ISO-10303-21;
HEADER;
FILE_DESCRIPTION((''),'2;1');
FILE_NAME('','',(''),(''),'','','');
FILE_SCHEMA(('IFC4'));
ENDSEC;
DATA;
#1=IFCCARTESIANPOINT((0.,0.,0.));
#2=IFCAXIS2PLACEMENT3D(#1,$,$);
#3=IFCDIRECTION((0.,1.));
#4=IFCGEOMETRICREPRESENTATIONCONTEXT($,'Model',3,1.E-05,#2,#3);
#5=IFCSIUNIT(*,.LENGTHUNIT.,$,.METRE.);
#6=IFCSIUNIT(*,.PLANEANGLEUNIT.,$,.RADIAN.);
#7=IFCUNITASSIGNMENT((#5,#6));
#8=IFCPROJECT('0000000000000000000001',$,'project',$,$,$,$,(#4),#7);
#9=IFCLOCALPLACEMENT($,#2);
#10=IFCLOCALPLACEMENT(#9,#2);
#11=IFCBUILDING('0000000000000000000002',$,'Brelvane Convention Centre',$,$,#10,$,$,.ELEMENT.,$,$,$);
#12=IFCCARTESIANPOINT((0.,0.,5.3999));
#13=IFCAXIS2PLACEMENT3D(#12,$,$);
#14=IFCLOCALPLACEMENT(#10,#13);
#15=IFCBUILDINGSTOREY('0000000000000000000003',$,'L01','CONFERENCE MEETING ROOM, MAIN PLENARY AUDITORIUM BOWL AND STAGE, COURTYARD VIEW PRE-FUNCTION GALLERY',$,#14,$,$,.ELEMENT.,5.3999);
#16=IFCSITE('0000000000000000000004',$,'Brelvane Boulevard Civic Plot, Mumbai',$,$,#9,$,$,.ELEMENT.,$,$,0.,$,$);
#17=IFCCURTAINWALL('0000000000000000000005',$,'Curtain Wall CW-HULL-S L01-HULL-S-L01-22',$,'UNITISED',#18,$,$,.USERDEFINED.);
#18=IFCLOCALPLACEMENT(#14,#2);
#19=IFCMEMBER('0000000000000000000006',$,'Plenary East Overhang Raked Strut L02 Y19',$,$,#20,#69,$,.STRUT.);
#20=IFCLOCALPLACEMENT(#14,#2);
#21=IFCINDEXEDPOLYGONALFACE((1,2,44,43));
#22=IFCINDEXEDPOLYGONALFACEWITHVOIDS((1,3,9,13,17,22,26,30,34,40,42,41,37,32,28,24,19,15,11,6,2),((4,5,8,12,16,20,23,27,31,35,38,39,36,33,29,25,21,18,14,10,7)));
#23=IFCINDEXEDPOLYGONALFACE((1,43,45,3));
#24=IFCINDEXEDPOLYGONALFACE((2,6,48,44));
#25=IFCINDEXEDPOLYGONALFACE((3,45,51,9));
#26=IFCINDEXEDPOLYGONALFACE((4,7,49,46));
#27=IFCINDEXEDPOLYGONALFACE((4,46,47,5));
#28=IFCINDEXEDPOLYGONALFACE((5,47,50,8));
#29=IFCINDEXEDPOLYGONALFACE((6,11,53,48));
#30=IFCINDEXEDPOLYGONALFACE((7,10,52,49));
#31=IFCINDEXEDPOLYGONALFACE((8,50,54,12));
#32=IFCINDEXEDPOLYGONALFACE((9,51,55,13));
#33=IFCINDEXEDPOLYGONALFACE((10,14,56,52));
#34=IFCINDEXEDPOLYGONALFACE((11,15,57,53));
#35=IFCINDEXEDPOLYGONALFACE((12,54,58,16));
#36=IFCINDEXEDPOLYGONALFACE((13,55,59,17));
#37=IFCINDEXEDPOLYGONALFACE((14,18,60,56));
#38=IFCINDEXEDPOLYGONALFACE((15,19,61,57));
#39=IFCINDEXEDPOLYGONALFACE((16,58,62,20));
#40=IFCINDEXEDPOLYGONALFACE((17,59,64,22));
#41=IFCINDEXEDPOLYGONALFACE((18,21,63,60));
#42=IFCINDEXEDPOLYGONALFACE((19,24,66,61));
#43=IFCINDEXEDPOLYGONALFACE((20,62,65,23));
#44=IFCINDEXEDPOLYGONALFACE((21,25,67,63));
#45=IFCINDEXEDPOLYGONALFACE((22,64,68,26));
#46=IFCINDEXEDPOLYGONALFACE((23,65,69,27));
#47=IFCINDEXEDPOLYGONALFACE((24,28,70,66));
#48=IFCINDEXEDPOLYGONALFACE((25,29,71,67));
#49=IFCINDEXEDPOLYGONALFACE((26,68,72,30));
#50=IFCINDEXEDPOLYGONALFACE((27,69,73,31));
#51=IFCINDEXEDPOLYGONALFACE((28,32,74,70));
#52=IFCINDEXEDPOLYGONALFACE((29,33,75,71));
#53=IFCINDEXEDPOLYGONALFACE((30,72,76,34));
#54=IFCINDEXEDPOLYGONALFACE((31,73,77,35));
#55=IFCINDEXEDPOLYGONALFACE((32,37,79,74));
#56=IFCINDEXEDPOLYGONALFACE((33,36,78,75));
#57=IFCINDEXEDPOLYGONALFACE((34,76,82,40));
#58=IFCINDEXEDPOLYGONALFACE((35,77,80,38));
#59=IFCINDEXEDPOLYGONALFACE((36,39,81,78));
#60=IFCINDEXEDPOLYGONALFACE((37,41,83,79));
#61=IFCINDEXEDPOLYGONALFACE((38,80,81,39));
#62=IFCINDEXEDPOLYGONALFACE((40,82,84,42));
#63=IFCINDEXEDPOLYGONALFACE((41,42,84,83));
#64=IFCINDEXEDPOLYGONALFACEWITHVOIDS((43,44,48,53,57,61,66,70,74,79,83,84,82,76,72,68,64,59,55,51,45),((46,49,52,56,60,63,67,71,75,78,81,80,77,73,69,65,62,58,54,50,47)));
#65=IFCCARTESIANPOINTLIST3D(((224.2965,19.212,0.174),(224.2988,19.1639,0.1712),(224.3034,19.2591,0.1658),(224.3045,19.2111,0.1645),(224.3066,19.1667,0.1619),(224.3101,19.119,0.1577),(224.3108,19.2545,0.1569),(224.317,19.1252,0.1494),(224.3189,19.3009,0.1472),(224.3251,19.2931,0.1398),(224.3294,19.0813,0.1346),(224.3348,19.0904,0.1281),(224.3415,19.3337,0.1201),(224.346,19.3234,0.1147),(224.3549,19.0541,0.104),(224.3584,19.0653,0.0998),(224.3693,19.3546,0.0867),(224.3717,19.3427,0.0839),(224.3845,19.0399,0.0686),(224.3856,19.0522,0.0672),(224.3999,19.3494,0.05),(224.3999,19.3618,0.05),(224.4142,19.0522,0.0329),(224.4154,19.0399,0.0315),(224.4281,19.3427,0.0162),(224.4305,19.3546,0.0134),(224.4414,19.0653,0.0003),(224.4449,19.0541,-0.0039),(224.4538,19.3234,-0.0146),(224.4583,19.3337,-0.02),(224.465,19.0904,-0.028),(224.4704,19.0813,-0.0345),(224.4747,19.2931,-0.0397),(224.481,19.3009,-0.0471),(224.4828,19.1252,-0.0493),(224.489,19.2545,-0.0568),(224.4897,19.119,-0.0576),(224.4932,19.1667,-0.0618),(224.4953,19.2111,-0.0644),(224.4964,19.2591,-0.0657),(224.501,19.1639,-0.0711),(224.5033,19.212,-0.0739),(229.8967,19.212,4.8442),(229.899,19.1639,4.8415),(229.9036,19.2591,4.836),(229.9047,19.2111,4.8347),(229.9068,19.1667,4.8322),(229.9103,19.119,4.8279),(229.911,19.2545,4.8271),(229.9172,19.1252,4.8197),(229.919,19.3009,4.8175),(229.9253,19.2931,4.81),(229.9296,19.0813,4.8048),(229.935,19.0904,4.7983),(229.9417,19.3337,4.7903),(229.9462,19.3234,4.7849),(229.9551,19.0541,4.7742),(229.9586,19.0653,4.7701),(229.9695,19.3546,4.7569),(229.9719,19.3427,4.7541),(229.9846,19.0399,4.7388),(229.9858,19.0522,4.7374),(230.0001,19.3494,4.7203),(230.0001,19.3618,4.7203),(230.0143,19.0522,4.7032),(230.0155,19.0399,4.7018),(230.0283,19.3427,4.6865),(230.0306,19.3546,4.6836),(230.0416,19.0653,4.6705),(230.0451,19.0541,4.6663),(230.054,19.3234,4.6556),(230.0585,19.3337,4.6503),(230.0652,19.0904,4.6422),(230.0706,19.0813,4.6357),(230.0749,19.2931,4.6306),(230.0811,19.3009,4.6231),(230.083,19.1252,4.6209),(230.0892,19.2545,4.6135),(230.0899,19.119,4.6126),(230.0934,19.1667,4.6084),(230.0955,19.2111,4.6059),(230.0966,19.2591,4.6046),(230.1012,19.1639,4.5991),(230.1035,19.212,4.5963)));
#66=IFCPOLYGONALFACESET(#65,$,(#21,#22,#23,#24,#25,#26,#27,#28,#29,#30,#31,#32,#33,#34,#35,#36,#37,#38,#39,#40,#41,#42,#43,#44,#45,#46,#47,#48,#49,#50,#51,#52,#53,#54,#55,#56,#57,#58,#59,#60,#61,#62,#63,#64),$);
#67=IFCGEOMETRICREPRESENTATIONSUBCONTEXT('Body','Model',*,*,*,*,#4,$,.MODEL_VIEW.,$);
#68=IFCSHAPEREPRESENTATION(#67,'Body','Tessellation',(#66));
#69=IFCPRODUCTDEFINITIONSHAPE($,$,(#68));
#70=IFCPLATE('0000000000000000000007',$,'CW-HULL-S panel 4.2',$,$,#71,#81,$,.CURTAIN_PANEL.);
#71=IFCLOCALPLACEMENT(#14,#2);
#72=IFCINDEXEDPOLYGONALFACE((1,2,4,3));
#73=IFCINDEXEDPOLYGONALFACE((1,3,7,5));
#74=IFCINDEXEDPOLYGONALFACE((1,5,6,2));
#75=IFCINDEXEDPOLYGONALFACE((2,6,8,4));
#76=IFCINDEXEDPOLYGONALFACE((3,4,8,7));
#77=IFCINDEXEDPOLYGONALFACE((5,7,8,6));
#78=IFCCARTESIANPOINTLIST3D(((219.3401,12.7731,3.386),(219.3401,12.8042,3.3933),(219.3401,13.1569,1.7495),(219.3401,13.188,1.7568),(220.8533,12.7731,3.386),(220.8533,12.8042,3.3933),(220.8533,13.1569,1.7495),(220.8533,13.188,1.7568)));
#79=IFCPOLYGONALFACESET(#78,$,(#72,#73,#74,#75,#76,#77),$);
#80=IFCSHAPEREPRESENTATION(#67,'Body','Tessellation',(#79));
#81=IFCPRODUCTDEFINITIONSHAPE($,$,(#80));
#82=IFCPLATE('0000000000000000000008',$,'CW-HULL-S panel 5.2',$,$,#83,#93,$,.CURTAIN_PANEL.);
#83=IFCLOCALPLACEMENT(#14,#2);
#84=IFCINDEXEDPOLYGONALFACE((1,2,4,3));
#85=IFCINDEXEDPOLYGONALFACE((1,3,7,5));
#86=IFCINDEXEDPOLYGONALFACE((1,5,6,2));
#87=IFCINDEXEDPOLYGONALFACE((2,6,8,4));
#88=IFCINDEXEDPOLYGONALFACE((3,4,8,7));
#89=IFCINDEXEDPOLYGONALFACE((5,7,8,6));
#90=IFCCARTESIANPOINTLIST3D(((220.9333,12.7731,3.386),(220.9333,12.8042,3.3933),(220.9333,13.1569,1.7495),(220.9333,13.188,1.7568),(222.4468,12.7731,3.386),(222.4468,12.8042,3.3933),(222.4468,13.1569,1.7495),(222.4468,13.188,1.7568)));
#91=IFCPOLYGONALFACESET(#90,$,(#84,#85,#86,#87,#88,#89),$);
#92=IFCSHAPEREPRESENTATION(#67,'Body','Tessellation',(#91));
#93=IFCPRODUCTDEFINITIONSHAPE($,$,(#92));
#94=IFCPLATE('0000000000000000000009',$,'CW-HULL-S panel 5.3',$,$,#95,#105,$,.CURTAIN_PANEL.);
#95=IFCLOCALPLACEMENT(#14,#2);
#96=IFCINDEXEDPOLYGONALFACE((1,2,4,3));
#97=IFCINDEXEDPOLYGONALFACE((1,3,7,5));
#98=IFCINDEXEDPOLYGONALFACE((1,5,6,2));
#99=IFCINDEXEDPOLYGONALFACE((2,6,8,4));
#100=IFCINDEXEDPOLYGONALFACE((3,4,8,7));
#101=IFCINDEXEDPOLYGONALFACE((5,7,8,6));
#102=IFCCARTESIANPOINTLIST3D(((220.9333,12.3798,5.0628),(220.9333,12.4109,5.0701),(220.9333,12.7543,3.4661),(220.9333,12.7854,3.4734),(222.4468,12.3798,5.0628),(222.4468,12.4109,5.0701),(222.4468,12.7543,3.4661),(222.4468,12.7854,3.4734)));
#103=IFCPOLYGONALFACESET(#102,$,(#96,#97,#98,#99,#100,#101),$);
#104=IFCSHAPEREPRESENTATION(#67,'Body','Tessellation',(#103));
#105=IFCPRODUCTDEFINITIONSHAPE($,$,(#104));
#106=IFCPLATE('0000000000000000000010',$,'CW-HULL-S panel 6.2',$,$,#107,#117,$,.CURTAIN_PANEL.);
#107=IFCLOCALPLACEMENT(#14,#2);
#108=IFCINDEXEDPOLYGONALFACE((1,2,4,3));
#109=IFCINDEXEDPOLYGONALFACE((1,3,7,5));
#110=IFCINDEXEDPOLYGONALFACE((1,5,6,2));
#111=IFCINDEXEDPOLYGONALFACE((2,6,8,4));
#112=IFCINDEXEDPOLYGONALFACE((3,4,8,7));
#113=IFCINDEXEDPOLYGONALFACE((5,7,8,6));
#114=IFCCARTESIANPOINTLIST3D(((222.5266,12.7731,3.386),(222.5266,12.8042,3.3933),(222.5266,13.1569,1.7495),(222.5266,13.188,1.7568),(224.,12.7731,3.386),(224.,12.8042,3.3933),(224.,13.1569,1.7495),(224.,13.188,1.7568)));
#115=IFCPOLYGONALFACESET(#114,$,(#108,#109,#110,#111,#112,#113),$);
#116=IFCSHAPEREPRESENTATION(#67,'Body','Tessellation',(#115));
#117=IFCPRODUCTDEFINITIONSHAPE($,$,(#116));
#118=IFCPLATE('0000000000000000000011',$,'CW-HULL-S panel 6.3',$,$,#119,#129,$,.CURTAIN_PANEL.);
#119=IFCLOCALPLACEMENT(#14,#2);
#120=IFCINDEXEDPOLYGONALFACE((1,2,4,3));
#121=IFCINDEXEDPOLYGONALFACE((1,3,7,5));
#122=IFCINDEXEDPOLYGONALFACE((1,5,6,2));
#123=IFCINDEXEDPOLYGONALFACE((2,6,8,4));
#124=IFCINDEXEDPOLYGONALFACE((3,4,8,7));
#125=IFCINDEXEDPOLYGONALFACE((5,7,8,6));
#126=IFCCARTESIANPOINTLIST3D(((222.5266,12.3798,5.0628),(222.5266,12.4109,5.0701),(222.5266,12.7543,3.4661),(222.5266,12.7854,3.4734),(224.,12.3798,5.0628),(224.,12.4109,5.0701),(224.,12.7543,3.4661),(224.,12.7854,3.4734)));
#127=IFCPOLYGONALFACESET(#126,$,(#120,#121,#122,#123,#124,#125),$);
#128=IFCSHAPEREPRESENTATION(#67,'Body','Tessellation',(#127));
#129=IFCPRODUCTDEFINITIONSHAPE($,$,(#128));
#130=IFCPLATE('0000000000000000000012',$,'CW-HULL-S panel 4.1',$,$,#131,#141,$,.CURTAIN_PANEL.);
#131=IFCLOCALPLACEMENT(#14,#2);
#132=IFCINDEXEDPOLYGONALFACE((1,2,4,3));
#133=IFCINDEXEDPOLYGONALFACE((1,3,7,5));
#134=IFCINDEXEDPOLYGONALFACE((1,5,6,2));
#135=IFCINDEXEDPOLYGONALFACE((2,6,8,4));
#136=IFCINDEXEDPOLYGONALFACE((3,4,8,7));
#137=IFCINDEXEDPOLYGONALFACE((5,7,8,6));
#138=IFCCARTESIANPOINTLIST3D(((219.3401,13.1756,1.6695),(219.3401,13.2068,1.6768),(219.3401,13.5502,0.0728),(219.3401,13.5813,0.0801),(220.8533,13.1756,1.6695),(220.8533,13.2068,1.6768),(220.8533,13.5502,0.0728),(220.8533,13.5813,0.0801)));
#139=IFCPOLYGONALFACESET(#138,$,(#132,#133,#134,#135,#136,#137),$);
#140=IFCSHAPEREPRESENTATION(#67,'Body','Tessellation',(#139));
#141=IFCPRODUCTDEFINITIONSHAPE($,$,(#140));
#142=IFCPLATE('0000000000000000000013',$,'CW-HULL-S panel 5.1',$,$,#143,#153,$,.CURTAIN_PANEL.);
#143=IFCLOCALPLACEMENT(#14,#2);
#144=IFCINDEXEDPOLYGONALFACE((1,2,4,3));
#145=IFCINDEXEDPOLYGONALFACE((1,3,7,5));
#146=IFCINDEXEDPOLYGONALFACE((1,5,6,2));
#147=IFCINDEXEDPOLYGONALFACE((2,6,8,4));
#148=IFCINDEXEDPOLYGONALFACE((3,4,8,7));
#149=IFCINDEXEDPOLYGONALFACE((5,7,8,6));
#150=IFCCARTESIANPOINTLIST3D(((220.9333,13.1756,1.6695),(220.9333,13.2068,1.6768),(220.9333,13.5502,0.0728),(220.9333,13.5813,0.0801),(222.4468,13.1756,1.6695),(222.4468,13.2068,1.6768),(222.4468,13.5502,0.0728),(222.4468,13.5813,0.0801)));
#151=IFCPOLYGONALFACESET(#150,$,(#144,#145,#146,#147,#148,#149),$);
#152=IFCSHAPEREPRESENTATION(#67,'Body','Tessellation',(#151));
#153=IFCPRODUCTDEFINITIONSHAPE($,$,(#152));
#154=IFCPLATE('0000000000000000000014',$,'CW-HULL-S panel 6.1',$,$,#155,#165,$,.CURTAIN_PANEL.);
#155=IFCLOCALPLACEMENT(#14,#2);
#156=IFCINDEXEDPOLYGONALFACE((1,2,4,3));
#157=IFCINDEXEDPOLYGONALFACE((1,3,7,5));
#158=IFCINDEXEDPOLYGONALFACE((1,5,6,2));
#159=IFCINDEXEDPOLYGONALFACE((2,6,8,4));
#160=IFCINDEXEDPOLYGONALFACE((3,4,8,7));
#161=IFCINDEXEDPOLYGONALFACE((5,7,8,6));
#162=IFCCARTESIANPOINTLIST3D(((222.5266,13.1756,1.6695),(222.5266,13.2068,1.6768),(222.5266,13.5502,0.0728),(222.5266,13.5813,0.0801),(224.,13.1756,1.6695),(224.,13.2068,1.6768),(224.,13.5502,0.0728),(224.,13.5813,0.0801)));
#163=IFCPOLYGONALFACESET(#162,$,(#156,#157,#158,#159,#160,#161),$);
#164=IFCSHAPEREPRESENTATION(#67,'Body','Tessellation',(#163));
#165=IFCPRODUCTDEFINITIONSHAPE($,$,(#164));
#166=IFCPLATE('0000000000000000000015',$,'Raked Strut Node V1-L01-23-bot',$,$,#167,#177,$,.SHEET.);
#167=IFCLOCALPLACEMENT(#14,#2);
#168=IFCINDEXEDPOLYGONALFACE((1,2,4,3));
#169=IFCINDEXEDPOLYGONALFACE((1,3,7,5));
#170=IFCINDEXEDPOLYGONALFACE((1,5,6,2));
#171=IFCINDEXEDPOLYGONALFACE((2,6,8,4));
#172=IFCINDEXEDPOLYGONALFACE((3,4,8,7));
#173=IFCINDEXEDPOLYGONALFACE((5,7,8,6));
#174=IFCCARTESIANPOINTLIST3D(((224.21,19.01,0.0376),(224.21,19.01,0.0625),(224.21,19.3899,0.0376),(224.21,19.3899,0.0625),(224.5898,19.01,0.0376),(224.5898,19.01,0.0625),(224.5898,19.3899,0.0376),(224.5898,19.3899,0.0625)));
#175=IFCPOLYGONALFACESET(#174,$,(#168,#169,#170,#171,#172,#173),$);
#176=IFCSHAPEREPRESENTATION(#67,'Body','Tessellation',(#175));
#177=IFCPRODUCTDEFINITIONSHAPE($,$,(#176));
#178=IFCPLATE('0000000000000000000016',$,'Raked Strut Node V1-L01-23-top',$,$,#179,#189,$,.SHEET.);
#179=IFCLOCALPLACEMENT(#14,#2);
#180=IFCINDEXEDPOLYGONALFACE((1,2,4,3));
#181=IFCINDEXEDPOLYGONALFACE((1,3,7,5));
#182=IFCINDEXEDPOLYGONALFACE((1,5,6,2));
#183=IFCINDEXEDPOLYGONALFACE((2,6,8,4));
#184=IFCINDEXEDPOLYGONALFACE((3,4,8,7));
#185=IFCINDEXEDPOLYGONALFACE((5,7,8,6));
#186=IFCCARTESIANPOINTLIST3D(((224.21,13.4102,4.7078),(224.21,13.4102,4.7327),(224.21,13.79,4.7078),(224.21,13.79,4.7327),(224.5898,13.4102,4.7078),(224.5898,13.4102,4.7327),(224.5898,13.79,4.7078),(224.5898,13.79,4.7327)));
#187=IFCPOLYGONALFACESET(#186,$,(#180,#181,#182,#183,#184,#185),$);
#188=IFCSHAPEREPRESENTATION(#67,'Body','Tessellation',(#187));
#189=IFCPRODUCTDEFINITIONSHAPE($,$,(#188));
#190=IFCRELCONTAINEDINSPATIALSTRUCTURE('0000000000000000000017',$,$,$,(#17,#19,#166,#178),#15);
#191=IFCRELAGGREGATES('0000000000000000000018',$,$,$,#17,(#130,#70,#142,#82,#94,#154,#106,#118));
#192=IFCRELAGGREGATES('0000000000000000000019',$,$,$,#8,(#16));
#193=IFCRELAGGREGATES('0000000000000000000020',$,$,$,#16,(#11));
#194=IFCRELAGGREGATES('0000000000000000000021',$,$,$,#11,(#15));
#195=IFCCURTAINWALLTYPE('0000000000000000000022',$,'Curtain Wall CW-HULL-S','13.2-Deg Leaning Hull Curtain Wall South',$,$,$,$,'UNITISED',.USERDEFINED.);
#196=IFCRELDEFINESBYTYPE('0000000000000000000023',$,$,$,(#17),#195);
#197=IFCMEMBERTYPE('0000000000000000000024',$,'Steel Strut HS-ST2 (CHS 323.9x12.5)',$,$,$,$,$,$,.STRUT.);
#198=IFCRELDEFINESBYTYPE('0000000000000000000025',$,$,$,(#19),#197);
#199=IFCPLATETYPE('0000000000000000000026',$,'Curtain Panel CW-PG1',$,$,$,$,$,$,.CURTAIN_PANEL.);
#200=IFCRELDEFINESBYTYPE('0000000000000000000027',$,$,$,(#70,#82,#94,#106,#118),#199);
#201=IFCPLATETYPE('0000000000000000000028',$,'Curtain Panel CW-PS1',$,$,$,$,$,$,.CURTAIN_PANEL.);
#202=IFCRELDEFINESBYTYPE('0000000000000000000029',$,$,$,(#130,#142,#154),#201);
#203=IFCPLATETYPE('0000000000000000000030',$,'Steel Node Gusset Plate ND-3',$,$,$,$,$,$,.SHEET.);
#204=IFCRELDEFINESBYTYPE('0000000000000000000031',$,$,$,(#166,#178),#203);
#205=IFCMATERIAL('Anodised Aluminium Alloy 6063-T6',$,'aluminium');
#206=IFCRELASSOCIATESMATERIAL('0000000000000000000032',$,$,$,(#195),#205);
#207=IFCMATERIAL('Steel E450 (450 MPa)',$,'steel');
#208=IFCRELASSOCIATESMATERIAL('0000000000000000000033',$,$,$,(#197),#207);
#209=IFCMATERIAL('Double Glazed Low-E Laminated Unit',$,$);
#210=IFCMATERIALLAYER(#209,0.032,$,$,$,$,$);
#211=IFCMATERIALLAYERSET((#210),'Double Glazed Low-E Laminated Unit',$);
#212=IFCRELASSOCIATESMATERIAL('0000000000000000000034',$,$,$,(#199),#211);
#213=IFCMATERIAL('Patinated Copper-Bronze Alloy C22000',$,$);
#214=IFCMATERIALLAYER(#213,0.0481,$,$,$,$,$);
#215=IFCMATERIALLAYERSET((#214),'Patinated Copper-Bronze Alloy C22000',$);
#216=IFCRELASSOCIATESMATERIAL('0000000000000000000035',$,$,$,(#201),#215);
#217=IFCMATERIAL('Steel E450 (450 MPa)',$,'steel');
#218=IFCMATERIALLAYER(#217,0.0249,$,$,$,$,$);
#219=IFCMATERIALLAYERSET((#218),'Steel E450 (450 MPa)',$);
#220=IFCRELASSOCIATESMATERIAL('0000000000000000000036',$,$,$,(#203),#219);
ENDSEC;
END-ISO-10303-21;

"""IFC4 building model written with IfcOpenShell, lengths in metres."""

from ifc_helpers import new_model, si_unit, direction, frame, origin, origin_2d, place, context, subcontext, project, spatial, polyline, rectangle, hollow_circle, outline, extrude, material, layer, layer_set, material_profile, profile_set, type_object, element, aggregate, save


model = new_model("IFC4")

# Units and contexts
model_context = context("Model", 3, precision=1e-05, world=origin(), true_north=direction((0.0, 1.0)))
body_context = subcontext(model_context, "Body", "Model", "MODEL_VIEW")
ifc_project = project(units=[si_unit("LENGTHUNIT", "METRE"), si_unit("PLANEANGLEUNIT", "RADIAN")], contexts=[model_context])

# Site, building, storey
site_placement = place(None, origin())
site = spatial("IfcSite", under=ifc_project, at=site_placement, Name="Brelvane Boulevard Civic Plot, Mumbai", CompositionType="ELEMENT", RefElevation=0.0)
building_placement = place(site_placement, origin())
building = spatial("IfcBuilding", under=site, at=building_placement, Name="Brelvane Convention Centre", CompositionType="ELEMENT")
storey_placement = place(building_placement, frame((0.0, 0.0, 5.3999)))
storey = spatial("IfcBuildingStorey", under=building, at=storey_placement, Name="L01", Description="CONFERENCE MEETING ROOM, MAIN PLENARY AUDITORIUM BOWL AND STAGE, COURTYARD VIEW PRE-FUNCTION GALLERY", CompositionType="ELEMENT", Elevation=5.3999)

# Curtain wall
ifc_material_1 = material(Name="Anodised Aluminium Alloy 6063-T6", Category="aluminium")
curtain_wall_type_1 = type_object("IfcCurtainWallType", Name="Curtain Wall CW-HULL-S", Description="13.2-Deg Leaning Hull Curtain Wall South", ElementType="UNITISED", PredefinedType="USERDEFINED", material=ifc_material_1)
curtain_wall_1_placement = place(storey_placement, origin())
curtain_wall_1 = element("IfcCurtainWall", 1, at=curtain_wall_1_placement, inside=storey, type_object=curtain_wall_type_1, Name="Curtain Wall CW-HULL-S L01-HULL-S-L01-22", ObjectType="UNITISED", PredefinedType="USERDEFINED")

# Member
ifc_material_2 = material(Name="Steel E450 (450 MPa)", Category="steel")
ifc_material_profile_1 = material_profile(ifc_material_2, hollow_circle(Radius=0.1619, WallThickness=0.0125, at=origin_2d()), Name="CHS 323.9x12.5")
ifc_profile_set_1 = profile_set([ifc_material_profile_1], Name="Steel E450 (450 MPa)")
member_type_1 = type_object("IfcMemberType", Name="Steel Strut HS-ST2 (CHS 323.9x12.5)", PredefinedType="STRUT", material=ifc_profile_set_1)
member_1_placement = place(storey_placement, frame((224.3999, 19.2, 0.05), z_axis=(0.767991, 0.0, 0.640461), x_axis=(0.0, 1.0, 0.0)))
element("IfcMember", 2, at=member_1_placement, inside=storey, type_object=member_type_1, Name="Plenary East Overhang Raked Strut L02 Y19", PredefinedType="STRUT", context=body_context, shape_type="SweptSolid", body=[
    extrude(hollow_circle(Radius=0.1619, WallThickness=0.0125, at=origin_2d()), origin(), (0.0, 0.0, 1.0), 7.292),
])

# Plates
ifc_material_3 = material(Name="Double Glazed Low-E Laminated Unit")
ifc_layer_1 = layer(ifc_material_3, 0.032)
ifc_layer_set_1 = layer_set([ifc_layer_1], Name="Double Glazed Low-E Laminated Unit")
plate_type_1 = type_object("IfcPlateType", Name="Curtain Panel CW-PG1", PredefinedType="CURTAIN_PANEL", material=ifc_layer_set_1)
plate_1_placement = place(storey_placement, frame((219.3401, 13.188, 1.7568), z_axis=(0.0, 0.973585, 0.228327), x_axis=(1.0, 0.0, 0.0)))
plate_1 = element("IfcPlate", 3, at=plate_1_placement, type_object=plate_type_1, Name="CW-HULL-S panel 4.2", PredefinedType="CURTAIN_PANEL", context=body_context, shape_type="SweptSolid", body=[
    extrude(outline(polyline([(0.0, 0.0), (1.5132, 0.0), (1.5132, -1.6809), (0.0, -1.6809), (0.0, 0.0)])), origin(), (0.0, 0.0, -1.0), 0.032),
])
plate_2_placement = place(storey_placement, frame((220.9333, 13.188, 1.7568), z_axis=(0.0, 0.973585, 0.228327), x_axis=(1.0, 0.0, 0.0)))
plate_2 = element("IfcPlate", 4, at=plate_2_placement, type_object=plate_type_1, Name="CW-HULL-S panel 5.2", PredefinedType="CURTAIN_PANEL", context=body_context, shape_type="SweptSolid", body=[
    extrude(outline(polyline([(0.0, 0.0), (1.5134, 0.0), (1.5134, -1.6809), (0.0, -1.6809), (0.0, 0.0)])), origin(), (0.0, 0.0, -1.0), 0.032),
])
plate_3_placement = place(storey_placement, frame((220.9333, 12.7854, 3.4734), z_axis=(0.0, 0.973577, 0.228359), x_axis=(1.0, 0.0, 0.0)))
plate_3 = element("IfcPlate", 5, at=plate_3_placement, type_object=plate_type_1, Name="CW-HULL-S panel 5.3", PredefinedType="CURTAIN_PANEL", context=body_context, shape_type="SweptSolid", body=[
    extrude(outline(polyline([(0.0, 0.0), (1.5134, 0.0), (1.5134, -1.64), (0.0, -1.64), (0.0, 0.0)])), origin(), (0.0, 0.0, -1.0), 0.032),
])
plate_4_placement = place(storey_placement, frame((222.5266, 13.188, 1.7568), z_axis=(0.0, 0.973585, 0.228327), x_axis=(1.0, 0.0, 0.0)))
plate_4 = element("IfcPlate", 6, at=plate_4_placement, type_object=plate_type_1, Name="CW-HULL-S panel 6.2", PredefinedType="CURTAIN_PANEL", context=body_context, shape_type="SweptSolid", body=[
    extrude(outline(polyline([(0.0, 0.0), (1.4734, 0.0), (1.4734, -1.6809), (0.0, -1.6809), (0.0, 0.0)])), origin(), (0.0, 0.0, -1.0), 0.032),
])
plate_5_placement = place(storey_placement, frame((222.5266, 12.7854, 3.4734), z_axis=(0.0, 0.973577, 0.228359), x_axis=(1.0, 0.0, 0.0)))
plate_5 = element("IfcPlate", 7, at=plate_5_placement, type_object=plate_type_1, Name="CW-HULL-S panel 6.3", PredefinedType="CURTAIN_PANEL", context=body_context, shape_type="SweptSolid", body=[
    extrude(outline(polyline([(0.0, 0.0), (1.4734, 0.0), (1.4734, -1.64), (0.0, -1.64), (0.0, 0.0)])), origin(), (0.0, 0.0, -1.0), 0.032),
])
ifc_material_4 = material(Name="Patinated Copper-Bronze Alloy C22000")
ifc_layer_2 = layer(ifc_material_4, 0.0481)
ifc_layer_set_2 = layer_set([ifc_layer_2], Name="Patinated Copper-Bronze Alloy C22000")
plate_type_2 = type_object("IfcPlateType", Name="Curtain Panel CW-PS1", PredefinedType="CURTAIN_PANEL", material=ifc_layer_set_2)
plate_6_placement = place(storey_placement, frame((219.3401, 13.5813, 0.0801), z_axis=(0.0, 0.973577, 0.228359), x_axis=(1.0, 0.0, 0.0)))
plate_6 = element("IfcPlate", 8, at=plate_6_placement, type_object=plate_type_2, Name="CW-HULL-S panel 4.1", PredefinedType="CURTAIN_PANEL", context=body_context, shape_type="SweptSolid", body=[
    extrude(outline(polyline([(0.0, 0.0), (1.5132, 0.0), (1.5132, -1.64), (0.0, -1.64), (0.0, 0.0)])), origin(), (0.0, 0.0, -1.0), 0.032),
])
plate_7_placement = place(storey_placement, frame((220.9333, 13.5813, 0.0801), z_axis=(0.0, 0.973577, 0.228359), x_axis=(1.0, 0.0, 0.0)))
plate_7 = element("IfcPlate", 9, at=plate_7_placement, type_object=plate_type_2, Name="CW-HULL-S panel 5.1", PredefinedType="CURTAIN_PANEL", context=body_context, shape_type="SweptSolid", body=[
    extrude(outline(polyline([(0.0, 0.0), (1.5134, 0.0), (1.5134, -1.64), (0.0, -1.64), (0.0, 0.0)])), origin(), (0.0, 0.0, -1.0), 0.032),
])
plate_8_placement = place(storey_placement, frame((222.5266, 13.5813, 0.0801), z_axis=(0.0, 0.973577, 0.228359), x_axis=(1.0, 0.0, 0.0)))
plate_8 = element("IfcPlate", 10, at=plate_8_placement, type_object=plate_type_2, Name="CW-HULL-S panel 6.1", PredefinedType="CURTAIN_PANEL", context=body_context, shape_type="SweptSolid", body=[
    extrude(outline(polyline([(0.0, 0.0), (1.4734, 0.0), (1.4734, -1.64), (0.0, -1.64), (0.0, 0.0)])), origin(), (0.0, 0.0, -1.0), 0.032),
])
aggregate(curtain_wall_1, [plate_6, plate_1, plate_7, plate_2, plate_3, plate_8, plate_4, plate_5])

# Plates
ifc_material_5 = material(Name="Steel E450 (450 MPa)", Category="steel")
ifc_layer_3 = layer(ifc_material_5, 0.0249)
ifc_layer_set_3 = layer_set([ifc_layer_3], Name="Steel E450 (450 MPa)")
plate_type_3 = type_object("IfcPlateType", Name="Steel Node Gusset Plate ND-3", PredefinedType="SHEET", material=ifc_layer_set_3)
for number, where, z_axis, x_axis, name in (
    (11, (224.3999, 19.2, 0.0376), (0.0, 0.0, 1.0), (1.0, 0.0, 0.0), "Raked Strut Node V1-L01-23-bot"),
    (12, (224.3999, 13.6001, 4.7078), (0.0, 0.0, 1.0), (1.0, 0.0, 0.0), "Raked Strut Node V1-L01-23-top"),
):
    element("IfcPlate", number, at=place(storey_placement, frame(where, z_axis=z_axis, x_axis=x_axis)), inside=storey, type_object=plate_type_3, Name=name, PredefinedType="SHEET", context=body_context, shape_type="SweptSolid", body=[
        extrude(rectangle(XDim=0.3799, YDim=0.3799, at=origin_2d()), origin(), (0.0, 0.0, 1.0), 0.0249),
    ])

save(model, "model.ifc")
